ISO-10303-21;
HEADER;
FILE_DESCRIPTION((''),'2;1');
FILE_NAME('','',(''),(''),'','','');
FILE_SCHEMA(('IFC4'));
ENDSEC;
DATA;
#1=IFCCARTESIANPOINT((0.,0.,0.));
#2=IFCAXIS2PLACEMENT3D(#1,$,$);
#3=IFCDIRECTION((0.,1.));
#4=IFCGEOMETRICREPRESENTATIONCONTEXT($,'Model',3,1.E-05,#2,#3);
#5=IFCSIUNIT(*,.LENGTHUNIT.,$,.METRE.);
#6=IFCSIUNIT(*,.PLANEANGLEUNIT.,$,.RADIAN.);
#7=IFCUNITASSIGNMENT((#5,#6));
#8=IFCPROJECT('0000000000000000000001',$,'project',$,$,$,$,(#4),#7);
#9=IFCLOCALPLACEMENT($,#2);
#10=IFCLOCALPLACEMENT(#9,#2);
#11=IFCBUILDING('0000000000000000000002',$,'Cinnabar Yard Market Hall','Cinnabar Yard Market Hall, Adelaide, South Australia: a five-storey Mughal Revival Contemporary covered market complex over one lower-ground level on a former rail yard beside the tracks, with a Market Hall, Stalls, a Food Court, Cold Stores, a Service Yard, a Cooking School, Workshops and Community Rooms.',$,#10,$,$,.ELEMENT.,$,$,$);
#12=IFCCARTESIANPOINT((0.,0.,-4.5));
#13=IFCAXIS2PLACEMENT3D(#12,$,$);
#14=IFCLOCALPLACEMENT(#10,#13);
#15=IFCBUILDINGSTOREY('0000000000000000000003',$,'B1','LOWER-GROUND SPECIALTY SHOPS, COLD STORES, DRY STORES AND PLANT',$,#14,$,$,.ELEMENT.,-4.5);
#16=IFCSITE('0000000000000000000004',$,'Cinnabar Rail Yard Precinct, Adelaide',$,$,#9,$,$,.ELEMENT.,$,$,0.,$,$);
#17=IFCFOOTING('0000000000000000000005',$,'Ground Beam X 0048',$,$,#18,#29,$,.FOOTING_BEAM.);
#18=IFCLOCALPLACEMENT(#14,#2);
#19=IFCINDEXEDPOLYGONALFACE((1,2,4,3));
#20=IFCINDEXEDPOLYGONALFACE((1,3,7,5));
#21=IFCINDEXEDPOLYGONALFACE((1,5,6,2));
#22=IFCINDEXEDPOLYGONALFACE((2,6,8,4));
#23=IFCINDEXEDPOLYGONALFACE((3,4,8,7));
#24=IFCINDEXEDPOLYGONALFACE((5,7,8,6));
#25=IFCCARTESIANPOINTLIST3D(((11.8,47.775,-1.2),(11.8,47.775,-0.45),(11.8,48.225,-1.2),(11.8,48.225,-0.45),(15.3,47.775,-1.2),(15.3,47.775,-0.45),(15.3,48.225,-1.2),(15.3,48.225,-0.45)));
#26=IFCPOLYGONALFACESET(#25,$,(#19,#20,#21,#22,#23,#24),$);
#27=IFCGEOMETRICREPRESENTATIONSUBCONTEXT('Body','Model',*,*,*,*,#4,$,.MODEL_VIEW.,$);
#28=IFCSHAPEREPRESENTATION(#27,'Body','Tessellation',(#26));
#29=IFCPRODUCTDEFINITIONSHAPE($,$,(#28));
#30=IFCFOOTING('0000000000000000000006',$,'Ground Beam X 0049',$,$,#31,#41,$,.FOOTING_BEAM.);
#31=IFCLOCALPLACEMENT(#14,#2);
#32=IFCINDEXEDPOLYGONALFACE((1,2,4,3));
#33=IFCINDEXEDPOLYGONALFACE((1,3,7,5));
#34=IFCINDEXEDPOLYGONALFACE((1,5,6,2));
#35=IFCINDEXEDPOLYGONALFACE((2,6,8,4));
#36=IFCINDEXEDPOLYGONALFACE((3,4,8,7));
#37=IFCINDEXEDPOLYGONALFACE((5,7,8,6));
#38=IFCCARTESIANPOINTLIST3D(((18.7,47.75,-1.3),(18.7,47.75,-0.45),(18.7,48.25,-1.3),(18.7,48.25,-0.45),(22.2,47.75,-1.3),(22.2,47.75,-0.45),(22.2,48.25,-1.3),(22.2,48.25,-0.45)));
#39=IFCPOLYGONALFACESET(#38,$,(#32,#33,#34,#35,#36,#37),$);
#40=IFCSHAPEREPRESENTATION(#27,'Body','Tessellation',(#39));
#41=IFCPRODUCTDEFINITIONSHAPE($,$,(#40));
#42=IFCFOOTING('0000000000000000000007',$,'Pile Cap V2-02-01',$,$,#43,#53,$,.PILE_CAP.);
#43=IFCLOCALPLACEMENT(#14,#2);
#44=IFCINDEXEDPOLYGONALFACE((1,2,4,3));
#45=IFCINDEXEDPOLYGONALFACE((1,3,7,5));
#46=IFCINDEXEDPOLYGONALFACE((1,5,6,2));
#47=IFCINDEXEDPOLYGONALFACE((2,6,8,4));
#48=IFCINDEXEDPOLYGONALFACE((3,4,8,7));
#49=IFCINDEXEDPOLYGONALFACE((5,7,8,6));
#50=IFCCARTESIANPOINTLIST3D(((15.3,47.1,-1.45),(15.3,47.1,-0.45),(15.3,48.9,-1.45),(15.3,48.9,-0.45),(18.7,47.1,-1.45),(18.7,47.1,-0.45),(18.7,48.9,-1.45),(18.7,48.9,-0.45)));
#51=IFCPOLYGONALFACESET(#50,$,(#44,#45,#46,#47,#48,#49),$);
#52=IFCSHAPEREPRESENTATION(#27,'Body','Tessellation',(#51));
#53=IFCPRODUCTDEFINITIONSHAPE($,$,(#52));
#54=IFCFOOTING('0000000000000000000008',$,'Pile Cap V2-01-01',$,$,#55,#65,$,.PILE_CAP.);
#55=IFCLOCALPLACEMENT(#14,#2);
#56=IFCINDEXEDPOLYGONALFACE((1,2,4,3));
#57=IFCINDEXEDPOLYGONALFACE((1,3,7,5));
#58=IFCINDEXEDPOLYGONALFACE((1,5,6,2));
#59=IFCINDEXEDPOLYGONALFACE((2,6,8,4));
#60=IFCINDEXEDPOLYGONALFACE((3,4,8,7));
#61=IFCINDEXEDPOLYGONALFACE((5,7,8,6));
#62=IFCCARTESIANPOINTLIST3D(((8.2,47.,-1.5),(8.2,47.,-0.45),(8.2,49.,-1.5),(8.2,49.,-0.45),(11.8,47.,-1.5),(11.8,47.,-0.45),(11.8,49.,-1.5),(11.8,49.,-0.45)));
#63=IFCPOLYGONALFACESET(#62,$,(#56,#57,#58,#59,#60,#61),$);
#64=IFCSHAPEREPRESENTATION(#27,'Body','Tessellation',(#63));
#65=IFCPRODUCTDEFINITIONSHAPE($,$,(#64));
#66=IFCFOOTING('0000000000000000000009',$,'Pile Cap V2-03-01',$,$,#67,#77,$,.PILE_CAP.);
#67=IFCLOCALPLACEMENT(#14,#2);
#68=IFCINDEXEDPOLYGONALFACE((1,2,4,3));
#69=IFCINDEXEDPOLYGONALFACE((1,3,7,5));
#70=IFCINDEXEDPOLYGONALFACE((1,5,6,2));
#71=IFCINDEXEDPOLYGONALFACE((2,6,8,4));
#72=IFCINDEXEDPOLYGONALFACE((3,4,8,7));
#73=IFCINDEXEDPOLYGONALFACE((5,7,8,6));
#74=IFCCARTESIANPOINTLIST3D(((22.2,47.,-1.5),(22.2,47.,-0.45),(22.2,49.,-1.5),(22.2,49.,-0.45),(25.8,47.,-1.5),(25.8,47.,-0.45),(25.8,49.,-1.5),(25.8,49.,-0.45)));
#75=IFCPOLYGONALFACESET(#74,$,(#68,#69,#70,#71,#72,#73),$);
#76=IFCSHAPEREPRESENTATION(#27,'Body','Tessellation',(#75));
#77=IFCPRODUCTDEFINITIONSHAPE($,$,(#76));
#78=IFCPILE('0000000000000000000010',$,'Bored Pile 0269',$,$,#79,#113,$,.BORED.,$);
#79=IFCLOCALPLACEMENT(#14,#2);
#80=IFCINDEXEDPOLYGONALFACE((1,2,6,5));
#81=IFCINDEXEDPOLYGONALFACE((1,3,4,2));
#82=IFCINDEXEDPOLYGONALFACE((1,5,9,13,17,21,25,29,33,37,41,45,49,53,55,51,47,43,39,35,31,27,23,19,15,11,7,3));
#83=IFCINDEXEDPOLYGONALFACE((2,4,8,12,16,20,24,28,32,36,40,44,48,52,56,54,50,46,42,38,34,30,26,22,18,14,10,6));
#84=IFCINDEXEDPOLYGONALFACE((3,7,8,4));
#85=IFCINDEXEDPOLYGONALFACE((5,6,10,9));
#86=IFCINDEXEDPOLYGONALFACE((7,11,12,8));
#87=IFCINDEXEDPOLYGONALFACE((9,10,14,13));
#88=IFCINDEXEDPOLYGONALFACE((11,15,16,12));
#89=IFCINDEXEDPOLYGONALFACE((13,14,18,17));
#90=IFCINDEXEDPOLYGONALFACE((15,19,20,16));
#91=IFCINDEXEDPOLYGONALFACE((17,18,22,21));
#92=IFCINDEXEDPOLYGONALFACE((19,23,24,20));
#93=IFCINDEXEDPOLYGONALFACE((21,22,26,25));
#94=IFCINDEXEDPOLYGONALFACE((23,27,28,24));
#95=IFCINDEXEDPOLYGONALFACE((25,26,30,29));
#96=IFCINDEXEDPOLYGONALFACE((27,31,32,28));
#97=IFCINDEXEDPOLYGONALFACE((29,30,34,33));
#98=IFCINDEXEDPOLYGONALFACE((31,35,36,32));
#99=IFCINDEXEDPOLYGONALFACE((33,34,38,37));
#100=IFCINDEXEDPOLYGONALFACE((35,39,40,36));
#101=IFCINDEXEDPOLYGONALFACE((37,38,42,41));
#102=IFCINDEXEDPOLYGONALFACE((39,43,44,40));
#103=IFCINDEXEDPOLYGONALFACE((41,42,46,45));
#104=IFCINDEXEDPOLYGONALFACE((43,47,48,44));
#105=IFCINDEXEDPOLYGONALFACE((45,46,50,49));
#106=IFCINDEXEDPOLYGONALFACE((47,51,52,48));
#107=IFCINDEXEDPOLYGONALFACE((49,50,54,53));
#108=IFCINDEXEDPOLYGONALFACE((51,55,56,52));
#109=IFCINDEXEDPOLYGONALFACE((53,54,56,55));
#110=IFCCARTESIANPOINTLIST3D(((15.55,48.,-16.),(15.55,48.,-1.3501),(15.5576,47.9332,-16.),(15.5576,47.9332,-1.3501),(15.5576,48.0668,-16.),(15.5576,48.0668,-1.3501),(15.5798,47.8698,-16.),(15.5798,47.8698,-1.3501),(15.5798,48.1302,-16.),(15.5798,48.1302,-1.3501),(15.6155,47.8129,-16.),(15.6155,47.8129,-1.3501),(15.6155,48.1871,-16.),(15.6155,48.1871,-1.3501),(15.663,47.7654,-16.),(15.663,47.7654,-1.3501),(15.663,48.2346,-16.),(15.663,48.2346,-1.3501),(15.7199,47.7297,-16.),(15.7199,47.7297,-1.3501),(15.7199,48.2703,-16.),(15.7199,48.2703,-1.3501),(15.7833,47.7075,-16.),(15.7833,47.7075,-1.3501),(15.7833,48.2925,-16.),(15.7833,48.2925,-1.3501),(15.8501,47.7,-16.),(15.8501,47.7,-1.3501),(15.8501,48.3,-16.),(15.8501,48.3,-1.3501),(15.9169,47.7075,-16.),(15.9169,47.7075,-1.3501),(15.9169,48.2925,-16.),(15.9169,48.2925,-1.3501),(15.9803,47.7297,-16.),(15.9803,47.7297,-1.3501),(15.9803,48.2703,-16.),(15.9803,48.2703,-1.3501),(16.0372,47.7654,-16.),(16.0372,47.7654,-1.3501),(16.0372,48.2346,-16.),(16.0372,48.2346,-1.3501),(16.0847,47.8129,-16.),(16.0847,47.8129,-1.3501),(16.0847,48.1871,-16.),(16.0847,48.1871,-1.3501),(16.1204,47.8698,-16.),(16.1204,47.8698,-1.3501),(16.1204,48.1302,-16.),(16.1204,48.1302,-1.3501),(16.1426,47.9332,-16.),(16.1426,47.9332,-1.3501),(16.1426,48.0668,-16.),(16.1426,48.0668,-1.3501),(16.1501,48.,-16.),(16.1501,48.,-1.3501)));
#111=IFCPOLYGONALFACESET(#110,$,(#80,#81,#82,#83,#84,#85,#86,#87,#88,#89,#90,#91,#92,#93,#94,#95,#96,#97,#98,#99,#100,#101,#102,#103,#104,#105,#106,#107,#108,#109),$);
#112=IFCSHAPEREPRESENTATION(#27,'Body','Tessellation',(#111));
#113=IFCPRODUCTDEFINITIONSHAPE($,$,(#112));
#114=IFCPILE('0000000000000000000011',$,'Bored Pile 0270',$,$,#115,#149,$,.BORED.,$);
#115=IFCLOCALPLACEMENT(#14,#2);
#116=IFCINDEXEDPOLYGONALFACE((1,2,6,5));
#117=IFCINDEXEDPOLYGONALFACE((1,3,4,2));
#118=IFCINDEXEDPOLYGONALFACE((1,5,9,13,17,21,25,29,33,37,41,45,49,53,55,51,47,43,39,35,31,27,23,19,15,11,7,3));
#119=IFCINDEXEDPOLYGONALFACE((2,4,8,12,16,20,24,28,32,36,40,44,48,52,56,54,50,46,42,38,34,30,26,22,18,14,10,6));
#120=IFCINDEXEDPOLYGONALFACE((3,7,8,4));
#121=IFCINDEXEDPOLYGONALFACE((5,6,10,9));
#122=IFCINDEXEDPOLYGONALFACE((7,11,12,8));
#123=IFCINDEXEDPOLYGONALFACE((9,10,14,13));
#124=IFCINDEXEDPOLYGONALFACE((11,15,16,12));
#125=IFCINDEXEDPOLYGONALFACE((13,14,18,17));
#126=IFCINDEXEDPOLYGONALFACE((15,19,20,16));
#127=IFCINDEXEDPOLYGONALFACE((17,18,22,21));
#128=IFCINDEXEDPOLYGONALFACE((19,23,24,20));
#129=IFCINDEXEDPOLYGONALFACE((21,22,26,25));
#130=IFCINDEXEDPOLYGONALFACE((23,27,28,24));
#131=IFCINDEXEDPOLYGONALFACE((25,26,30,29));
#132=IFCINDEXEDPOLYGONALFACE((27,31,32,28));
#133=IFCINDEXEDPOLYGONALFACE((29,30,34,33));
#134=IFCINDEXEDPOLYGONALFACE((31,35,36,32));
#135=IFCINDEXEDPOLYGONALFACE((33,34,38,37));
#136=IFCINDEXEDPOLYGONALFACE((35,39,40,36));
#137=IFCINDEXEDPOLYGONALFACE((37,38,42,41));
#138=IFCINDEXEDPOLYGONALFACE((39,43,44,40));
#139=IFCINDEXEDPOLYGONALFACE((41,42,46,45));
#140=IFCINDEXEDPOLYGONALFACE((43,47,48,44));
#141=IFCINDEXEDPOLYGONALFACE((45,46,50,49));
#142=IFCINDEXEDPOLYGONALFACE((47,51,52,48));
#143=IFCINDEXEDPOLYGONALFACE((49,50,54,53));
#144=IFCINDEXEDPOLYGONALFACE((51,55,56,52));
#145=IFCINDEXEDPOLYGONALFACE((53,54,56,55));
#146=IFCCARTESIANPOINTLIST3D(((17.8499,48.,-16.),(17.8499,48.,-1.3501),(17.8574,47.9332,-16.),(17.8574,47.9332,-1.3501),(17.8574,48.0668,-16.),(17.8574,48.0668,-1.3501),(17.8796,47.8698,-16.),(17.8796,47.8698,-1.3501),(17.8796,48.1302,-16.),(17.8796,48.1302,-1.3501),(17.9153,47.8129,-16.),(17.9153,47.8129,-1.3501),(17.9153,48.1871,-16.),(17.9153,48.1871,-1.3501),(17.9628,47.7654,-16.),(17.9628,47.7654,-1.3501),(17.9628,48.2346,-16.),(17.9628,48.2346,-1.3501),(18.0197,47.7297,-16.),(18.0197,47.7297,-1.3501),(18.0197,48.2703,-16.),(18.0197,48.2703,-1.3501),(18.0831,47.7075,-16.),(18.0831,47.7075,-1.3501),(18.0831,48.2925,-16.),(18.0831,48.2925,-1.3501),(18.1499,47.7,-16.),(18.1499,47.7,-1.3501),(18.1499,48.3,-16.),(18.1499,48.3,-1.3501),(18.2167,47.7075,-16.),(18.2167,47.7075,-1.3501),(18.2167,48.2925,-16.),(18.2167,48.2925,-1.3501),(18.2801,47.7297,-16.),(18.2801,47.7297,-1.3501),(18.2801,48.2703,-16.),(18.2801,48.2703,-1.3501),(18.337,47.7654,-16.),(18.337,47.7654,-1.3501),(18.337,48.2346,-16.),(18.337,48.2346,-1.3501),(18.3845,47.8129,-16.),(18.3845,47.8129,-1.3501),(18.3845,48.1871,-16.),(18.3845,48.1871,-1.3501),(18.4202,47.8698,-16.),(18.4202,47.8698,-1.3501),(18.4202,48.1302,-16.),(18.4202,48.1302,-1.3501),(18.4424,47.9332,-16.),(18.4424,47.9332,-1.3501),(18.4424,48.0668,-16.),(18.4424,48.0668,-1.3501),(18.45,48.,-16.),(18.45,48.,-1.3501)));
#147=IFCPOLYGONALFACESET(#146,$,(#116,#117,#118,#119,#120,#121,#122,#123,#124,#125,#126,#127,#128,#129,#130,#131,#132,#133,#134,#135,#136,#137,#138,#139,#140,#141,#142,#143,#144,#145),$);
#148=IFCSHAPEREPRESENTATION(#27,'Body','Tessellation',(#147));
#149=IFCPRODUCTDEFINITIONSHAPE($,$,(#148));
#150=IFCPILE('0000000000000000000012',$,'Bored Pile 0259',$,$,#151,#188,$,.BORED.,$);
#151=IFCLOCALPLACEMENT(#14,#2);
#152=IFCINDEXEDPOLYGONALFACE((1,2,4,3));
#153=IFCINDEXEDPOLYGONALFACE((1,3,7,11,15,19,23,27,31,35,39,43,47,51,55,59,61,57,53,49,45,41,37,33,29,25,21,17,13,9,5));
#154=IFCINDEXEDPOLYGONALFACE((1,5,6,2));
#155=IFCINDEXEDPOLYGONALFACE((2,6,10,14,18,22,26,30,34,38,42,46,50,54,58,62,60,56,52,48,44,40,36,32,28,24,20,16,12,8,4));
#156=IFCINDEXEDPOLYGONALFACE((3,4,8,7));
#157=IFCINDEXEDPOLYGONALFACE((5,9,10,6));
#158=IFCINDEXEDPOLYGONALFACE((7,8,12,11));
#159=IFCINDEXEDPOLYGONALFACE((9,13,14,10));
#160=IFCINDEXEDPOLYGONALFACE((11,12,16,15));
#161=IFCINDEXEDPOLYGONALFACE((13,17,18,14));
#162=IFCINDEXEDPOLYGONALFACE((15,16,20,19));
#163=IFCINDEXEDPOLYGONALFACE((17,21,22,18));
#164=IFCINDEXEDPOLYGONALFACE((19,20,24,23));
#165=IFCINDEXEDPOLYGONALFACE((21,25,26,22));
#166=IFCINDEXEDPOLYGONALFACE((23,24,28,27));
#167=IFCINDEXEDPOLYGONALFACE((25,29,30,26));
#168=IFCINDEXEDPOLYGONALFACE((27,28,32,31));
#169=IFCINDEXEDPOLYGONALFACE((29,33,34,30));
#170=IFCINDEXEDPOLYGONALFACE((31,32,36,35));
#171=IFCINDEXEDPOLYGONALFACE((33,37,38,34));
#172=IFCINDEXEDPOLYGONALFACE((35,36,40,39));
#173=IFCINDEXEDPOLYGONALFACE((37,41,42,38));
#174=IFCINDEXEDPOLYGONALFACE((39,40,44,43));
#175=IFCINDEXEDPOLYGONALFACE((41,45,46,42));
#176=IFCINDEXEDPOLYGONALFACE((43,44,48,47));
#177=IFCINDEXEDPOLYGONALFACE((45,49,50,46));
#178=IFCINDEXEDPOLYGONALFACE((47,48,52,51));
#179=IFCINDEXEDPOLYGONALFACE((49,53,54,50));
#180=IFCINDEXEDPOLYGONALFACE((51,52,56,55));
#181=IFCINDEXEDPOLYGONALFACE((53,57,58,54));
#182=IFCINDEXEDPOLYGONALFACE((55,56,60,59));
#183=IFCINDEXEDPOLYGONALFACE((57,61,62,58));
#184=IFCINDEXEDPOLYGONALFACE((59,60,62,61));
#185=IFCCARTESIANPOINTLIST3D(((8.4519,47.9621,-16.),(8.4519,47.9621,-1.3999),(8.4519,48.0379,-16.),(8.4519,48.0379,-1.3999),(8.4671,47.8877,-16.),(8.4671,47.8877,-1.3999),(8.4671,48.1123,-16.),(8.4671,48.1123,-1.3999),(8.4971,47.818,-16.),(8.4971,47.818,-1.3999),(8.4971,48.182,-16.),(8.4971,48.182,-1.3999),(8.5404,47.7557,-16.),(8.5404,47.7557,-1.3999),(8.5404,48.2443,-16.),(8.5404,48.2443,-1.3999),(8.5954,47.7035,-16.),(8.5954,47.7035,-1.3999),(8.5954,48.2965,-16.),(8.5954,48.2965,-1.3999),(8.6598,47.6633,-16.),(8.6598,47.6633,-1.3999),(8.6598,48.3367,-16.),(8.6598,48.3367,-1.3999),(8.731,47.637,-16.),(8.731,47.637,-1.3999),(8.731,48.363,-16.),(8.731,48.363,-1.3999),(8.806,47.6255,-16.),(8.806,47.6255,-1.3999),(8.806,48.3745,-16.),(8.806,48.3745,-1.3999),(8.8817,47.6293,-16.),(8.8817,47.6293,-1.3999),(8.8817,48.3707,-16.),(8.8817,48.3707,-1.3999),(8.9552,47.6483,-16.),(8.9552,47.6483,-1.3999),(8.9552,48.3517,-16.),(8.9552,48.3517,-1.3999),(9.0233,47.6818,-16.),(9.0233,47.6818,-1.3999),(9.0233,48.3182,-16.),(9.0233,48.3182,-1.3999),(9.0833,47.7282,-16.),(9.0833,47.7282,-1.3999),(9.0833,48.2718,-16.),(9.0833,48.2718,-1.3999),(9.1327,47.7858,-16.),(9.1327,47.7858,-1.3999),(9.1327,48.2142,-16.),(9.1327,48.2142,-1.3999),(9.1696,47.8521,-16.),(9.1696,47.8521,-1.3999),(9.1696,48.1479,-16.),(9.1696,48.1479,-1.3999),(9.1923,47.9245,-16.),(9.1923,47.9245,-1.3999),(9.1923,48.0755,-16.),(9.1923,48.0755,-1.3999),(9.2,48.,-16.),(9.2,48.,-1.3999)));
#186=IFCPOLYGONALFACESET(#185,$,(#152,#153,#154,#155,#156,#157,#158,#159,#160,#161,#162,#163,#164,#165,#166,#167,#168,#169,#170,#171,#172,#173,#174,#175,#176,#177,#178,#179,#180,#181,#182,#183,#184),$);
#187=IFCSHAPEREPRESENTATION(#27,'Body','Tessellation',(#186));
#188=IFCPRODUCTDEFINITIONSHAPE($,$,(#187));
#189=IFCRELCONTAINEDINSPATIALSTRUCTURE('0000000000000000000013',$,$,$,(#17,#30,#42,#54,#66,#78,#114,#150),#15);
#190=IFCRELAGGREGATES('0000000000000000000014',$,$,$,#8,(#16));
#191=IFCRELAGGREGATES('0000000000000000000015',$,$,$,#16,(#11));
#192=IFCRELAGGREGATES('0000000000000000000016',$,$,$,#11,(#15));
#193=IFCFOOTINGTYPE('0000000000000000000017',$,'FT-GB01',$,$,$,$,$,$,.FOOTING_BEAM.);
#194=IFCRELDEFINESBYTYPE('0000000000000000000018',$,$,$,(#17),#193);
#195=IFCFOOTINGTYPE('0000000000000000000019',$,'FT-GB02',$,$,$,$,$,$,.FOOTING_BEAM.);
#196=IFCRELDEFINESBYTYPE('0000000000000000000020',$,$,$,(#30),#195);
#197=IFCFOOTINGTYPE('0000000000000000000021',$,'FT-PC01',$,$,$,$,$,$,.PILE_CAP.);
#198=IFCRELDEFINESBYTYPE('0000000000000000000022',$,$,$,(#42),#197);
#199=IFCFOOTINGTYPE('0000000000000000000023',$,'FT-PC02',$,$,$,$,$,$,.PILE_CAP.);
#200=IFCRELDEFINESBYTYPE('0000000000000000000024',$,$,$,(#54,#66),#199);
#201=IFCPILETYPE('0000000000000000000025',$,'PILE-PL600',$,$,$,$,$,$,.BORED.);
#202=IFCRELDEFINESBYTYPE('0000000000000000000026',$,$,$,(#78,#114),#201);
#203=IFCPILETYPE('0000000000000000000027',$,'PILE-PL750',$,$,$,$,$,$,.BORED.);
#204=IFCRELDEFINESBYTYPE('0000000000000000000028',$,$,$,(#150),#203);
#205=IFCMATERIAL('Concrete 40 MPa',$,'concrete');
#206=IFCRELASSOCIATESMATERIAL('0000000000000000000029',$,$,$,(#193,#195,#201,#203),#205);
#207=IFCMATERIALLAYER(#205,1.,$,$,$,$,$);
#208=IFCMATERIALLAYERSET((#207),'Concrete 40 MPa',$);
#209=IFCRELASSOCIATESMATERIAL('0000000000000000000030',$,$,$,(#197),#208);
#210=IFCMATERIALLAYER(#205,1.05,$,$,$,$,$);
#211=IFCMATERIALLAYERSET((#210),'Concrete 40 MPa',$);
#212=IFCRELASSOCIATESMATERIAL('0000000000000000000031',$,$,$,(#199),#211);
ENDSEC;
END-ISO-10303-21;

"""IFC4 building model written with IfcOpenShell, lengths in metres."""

from ifc_helpers import new_model, si_unit, direction, frame, origin, origin_2d_with_axis, place, context, subcontext, project, spatial, rectangle, circle, extrude, material, layer, layer_set, material_profile, profile_set, type_object, element, save


model = new_model("IFC4")

# Units and contexts
model_context = context("Model", 3, precision=1e-05, world=origin(), true_north=direction((0.0, 1.0)))
body_context = subcontext(model_context, "Body", "Model", "MODEL_VIEW")
ifc_project = project(units=[si_unit("LENGTHUNIT", "METRE"), si_unit("PLANEANGLEUNIT", "RADIAN")], contexts=[model_context])

# Site, building, storey
site_placement = place(None, origin())
site = spatial("IfcSite", under=ifc_project, at=site_placement, Name="Cinnabar Rail Yard Precinct, Adelaide", CompositionType="ELEMENT", RefElevation=0.0)
building_placement = place(site_placement, origin())
building = spatial("IfcBuilding", under=site, at=building_placement, Name="Cinnabar Yard Market Hall", Description="Cinnabar Yard Market Hall, Adelaide, South Australia: a five-storey Mughal Revival Contemporary covered market complex over one lower-ground level on a former rail yard beside the tracks, with a Market Hall, Stalls, a Food Court, Cold Stores, a Service Yard, a Cooking School, Workshops and Community Rooms.", CompositionType="ELEMENT")
storey_placement = place(building_placement, frame((0.0, 0.0, -4.5)))
storey = spatial("IfcBuildingStorey", under=building, at=storey_placement, Name="B1", Description="LOWER-GROUND SPECIALTY SHOPS, COLD STORES, DRY STORES AND PLANT", CompositionType="ELEMENT", Elevation=-4.5)

# Footings
ifc_material_1 = material(Name="Concrete 40 MPa", Category="concrete")
ifc_material_profile_1 = material_profile(ifc_material_1, rectangle(XDim=0.45, YDim=0.75, at=origin_2d_with_axis()), Name="GB-450x750")
ifc_profile_set_1 = profile_set([ifc_material_profile_1], Name="Concrete 40 MPa")
footing_type_1 = type_object("IfcFootingType", Name="FT-GB01", PredefinedType="FOOTING_BEAM", material=ifc_profile_set_1)
footing_1_placement = place(storey_placement, frame((11.8, 48.0, -0.825), z_axis=(1.0, 0.0, 0.0), x_axis=(0.0, 1.0, 0.0)))
element("IfcFooting", 1, at=footing_1_placement, inside=storey, type_object=footing_type_1, Name="Ground Beam X 0048", PredefinedType="FOOTING_BEAM", context=body_context, shape_type="SweptSolid", body=[
    extrude(rectangle(XDim=0.45, YDim=0.75, at=origin_2d_with_axis()), origin(), (0.0, 0.0, 1.0), 3.5),
])
ifc_material_profile_2 = material_profile(ifc_material_1, rectangle(XDim=0.5, YDim=0.8501, at=origin_2d_with_axis()), Name="GB-500x850")
ifc_profile_set_2 = profile_set([ifc_material_profile_2], Name="Concrete 40 MPa")
footing_type_2 = type_object("IfcFootingType", Name="FT-GB02", PredefinedType="FOOTING_BEAM", material=ifc_profile_set_2)
footing_2_placement = place(storey_placement, frame((18.7, 48.0, -0.875), z_axis=(1.0, 0.0, 0.0), x_axis=(0.0, 1.0, 0.0)))
element("IfcFooting", 2, at=footing_2_placement, inside=storey, type_object=footing_type_2, Name="Ground Beam X 0049", PredefinedType="FOOTING_BEAM", context=body_context, shape_type="SweptSolid", body=[
    extrude(rectangle(XDim=0.5, YDim=0.8501, at=origin_2d_with_axis()), origin(), (0.0, 0.0, 1.0), 3.5),
])
ifc_layer_1 = layer(ifc_material_1, 1.0)
ifc_layer_set_1 = layer_set([ifc_layer_1], Name="Concrete 40 MPa")
footing_type_3 = type_object("IfcFootingType", Name="FT-PC01", PredefinedType="PILE_CAP", material=ifc_layer_set_1)
footing_3_placement = place(storey_placement, frame((17.0, 48.0, -1.45), z_axis=(0.0, 0.0, 1.0), x_axis=(1.0, 0.0, 0.0)))
element("IfcFooting", 3, at=footing_3_placement, inside=storey, type_object=footing_type_3, Name="Pile Cap V2-02-01", PredefinedType="PILE_CAP", context=body_context, shape_type="SweptSolid", body=[
    extrude(rectangle(XDim=3.3999, YDim=1.8, at=origin_2d_with_axis()), origin(), (0.0, 0.0, 1.0), 1.0),
])
ifc_layer_2 = layer(ifc_material_1, 1.05)
ifc_layer_set_2 = layer_set([ifc_layer_2], Name="Concrete 40 MPa")
footing_type_4 = type_object("IfcFootingType", Name="FT-PC02", PredefinedType="PILE_CAP", material=ifc_layer_set_2)
for number, where, z_axis, x_axis, name in (
    (4, (10.0, 48.0, -1.5), (0.0, 0.0, 1.0), (1.0, 0.0, 0.0), "Pile Cap V2-01-01"),
    (5, (24.0, 48.0, -1.5), (0.0, 0.0, 1.0), (1.0, 0.0, 0.0), "Pile Cap V2-03-01"),
):
    element("IfcFooting", number, at=place(storey_placement, frame(where, z_axis=z_axis, x_axis=x_axis)), inside=storey, type_object=footing_type_4, Name=name, PredefinedType="PILE_CAP", context=body_context, shape_type="SweptSolid", body=[
        extrude(rectangle(XDim=3.6001, YDim=2.0, at=origin_2d_with_axis()), origin(), (0.0, 0.0, 1.0), 1.05),
    ])

# Piles
ifc_material_profile_3 = material_profile(ifc_material_1, circle(Radius=0.3, at=origin_2d_with_axis()), Name="PILE-D600")
ifc_profile_set_3 = profile_set([ifc_material_profile_3], Name="Concrete 40 MPa")
pile_type_1 = type_object("IfcPileType", Name="PILE-PL600", PredefinedType="BORED", material=ifc_profile_set_3)
for number, where, z_axis, x_axis, name in (
    (6, (15.8501, 48.0, -1.3501), (0.0, 0.0, -1.0), (1.0, 0.0, 0.0), "Bored Pile 0269"),
    (7, (18.1499, 48.0, -1.3501), (0.0, 0.0, -1.0), (1.0, 0.0, 0.0), "Bored Pile 0270"),
):
    element("IfcPile", number, at=place(storey_placement, frame(where, z_axis=z_axis, x_axis=x_axis)), inside=storey, type_object=pile_type_1, Name=name, PredefinedType="BORED", context=body_context, shape_type="SweptSolid", body=[
        extrude(circle(Radius=0.3, at=origin_2d_with_axis()), origin(), (0.0, 0.0, 1.0), 14.6499),
    ])
ifc_material_profile_4 = material_profile(ifc_material_1, circle(Radius=0.375, at=origin_2d_with_axis()), Name="PILE-D750")
ifc_profile_set_4 = profile_set([ifc_material_profile_4], Name="Concrete 40 MPa")
pile_type_2 = type_object("IfcPileType", Name="PILE-PL750", PredefinedType="BORED", material=ifc_profile_set_4)
for number, where, z_axis, x_axis, name in (
    (8, (8.825, 48.0, -1.3999), (0.0, 0.0, -1.0), (1.0, 0.0, 0.0), "Bored Pile 0259"),
):
    element("IfcPile", number, at=place(storey_placement, frame(where, z_axis=z_axis, x_axis=x_axis)), inside=storey, type_object=pile_type_2, Name=name, PredefinedType="BORED", context=body_context, shape_type="SweptSolid", body=[
        extrude(circle(Radius=0.375, at=origin_2d_with_axis()), origin(), (0.0, 0.0, 1.0), 14.6001),
    ])

save(model, "model.ifc")
